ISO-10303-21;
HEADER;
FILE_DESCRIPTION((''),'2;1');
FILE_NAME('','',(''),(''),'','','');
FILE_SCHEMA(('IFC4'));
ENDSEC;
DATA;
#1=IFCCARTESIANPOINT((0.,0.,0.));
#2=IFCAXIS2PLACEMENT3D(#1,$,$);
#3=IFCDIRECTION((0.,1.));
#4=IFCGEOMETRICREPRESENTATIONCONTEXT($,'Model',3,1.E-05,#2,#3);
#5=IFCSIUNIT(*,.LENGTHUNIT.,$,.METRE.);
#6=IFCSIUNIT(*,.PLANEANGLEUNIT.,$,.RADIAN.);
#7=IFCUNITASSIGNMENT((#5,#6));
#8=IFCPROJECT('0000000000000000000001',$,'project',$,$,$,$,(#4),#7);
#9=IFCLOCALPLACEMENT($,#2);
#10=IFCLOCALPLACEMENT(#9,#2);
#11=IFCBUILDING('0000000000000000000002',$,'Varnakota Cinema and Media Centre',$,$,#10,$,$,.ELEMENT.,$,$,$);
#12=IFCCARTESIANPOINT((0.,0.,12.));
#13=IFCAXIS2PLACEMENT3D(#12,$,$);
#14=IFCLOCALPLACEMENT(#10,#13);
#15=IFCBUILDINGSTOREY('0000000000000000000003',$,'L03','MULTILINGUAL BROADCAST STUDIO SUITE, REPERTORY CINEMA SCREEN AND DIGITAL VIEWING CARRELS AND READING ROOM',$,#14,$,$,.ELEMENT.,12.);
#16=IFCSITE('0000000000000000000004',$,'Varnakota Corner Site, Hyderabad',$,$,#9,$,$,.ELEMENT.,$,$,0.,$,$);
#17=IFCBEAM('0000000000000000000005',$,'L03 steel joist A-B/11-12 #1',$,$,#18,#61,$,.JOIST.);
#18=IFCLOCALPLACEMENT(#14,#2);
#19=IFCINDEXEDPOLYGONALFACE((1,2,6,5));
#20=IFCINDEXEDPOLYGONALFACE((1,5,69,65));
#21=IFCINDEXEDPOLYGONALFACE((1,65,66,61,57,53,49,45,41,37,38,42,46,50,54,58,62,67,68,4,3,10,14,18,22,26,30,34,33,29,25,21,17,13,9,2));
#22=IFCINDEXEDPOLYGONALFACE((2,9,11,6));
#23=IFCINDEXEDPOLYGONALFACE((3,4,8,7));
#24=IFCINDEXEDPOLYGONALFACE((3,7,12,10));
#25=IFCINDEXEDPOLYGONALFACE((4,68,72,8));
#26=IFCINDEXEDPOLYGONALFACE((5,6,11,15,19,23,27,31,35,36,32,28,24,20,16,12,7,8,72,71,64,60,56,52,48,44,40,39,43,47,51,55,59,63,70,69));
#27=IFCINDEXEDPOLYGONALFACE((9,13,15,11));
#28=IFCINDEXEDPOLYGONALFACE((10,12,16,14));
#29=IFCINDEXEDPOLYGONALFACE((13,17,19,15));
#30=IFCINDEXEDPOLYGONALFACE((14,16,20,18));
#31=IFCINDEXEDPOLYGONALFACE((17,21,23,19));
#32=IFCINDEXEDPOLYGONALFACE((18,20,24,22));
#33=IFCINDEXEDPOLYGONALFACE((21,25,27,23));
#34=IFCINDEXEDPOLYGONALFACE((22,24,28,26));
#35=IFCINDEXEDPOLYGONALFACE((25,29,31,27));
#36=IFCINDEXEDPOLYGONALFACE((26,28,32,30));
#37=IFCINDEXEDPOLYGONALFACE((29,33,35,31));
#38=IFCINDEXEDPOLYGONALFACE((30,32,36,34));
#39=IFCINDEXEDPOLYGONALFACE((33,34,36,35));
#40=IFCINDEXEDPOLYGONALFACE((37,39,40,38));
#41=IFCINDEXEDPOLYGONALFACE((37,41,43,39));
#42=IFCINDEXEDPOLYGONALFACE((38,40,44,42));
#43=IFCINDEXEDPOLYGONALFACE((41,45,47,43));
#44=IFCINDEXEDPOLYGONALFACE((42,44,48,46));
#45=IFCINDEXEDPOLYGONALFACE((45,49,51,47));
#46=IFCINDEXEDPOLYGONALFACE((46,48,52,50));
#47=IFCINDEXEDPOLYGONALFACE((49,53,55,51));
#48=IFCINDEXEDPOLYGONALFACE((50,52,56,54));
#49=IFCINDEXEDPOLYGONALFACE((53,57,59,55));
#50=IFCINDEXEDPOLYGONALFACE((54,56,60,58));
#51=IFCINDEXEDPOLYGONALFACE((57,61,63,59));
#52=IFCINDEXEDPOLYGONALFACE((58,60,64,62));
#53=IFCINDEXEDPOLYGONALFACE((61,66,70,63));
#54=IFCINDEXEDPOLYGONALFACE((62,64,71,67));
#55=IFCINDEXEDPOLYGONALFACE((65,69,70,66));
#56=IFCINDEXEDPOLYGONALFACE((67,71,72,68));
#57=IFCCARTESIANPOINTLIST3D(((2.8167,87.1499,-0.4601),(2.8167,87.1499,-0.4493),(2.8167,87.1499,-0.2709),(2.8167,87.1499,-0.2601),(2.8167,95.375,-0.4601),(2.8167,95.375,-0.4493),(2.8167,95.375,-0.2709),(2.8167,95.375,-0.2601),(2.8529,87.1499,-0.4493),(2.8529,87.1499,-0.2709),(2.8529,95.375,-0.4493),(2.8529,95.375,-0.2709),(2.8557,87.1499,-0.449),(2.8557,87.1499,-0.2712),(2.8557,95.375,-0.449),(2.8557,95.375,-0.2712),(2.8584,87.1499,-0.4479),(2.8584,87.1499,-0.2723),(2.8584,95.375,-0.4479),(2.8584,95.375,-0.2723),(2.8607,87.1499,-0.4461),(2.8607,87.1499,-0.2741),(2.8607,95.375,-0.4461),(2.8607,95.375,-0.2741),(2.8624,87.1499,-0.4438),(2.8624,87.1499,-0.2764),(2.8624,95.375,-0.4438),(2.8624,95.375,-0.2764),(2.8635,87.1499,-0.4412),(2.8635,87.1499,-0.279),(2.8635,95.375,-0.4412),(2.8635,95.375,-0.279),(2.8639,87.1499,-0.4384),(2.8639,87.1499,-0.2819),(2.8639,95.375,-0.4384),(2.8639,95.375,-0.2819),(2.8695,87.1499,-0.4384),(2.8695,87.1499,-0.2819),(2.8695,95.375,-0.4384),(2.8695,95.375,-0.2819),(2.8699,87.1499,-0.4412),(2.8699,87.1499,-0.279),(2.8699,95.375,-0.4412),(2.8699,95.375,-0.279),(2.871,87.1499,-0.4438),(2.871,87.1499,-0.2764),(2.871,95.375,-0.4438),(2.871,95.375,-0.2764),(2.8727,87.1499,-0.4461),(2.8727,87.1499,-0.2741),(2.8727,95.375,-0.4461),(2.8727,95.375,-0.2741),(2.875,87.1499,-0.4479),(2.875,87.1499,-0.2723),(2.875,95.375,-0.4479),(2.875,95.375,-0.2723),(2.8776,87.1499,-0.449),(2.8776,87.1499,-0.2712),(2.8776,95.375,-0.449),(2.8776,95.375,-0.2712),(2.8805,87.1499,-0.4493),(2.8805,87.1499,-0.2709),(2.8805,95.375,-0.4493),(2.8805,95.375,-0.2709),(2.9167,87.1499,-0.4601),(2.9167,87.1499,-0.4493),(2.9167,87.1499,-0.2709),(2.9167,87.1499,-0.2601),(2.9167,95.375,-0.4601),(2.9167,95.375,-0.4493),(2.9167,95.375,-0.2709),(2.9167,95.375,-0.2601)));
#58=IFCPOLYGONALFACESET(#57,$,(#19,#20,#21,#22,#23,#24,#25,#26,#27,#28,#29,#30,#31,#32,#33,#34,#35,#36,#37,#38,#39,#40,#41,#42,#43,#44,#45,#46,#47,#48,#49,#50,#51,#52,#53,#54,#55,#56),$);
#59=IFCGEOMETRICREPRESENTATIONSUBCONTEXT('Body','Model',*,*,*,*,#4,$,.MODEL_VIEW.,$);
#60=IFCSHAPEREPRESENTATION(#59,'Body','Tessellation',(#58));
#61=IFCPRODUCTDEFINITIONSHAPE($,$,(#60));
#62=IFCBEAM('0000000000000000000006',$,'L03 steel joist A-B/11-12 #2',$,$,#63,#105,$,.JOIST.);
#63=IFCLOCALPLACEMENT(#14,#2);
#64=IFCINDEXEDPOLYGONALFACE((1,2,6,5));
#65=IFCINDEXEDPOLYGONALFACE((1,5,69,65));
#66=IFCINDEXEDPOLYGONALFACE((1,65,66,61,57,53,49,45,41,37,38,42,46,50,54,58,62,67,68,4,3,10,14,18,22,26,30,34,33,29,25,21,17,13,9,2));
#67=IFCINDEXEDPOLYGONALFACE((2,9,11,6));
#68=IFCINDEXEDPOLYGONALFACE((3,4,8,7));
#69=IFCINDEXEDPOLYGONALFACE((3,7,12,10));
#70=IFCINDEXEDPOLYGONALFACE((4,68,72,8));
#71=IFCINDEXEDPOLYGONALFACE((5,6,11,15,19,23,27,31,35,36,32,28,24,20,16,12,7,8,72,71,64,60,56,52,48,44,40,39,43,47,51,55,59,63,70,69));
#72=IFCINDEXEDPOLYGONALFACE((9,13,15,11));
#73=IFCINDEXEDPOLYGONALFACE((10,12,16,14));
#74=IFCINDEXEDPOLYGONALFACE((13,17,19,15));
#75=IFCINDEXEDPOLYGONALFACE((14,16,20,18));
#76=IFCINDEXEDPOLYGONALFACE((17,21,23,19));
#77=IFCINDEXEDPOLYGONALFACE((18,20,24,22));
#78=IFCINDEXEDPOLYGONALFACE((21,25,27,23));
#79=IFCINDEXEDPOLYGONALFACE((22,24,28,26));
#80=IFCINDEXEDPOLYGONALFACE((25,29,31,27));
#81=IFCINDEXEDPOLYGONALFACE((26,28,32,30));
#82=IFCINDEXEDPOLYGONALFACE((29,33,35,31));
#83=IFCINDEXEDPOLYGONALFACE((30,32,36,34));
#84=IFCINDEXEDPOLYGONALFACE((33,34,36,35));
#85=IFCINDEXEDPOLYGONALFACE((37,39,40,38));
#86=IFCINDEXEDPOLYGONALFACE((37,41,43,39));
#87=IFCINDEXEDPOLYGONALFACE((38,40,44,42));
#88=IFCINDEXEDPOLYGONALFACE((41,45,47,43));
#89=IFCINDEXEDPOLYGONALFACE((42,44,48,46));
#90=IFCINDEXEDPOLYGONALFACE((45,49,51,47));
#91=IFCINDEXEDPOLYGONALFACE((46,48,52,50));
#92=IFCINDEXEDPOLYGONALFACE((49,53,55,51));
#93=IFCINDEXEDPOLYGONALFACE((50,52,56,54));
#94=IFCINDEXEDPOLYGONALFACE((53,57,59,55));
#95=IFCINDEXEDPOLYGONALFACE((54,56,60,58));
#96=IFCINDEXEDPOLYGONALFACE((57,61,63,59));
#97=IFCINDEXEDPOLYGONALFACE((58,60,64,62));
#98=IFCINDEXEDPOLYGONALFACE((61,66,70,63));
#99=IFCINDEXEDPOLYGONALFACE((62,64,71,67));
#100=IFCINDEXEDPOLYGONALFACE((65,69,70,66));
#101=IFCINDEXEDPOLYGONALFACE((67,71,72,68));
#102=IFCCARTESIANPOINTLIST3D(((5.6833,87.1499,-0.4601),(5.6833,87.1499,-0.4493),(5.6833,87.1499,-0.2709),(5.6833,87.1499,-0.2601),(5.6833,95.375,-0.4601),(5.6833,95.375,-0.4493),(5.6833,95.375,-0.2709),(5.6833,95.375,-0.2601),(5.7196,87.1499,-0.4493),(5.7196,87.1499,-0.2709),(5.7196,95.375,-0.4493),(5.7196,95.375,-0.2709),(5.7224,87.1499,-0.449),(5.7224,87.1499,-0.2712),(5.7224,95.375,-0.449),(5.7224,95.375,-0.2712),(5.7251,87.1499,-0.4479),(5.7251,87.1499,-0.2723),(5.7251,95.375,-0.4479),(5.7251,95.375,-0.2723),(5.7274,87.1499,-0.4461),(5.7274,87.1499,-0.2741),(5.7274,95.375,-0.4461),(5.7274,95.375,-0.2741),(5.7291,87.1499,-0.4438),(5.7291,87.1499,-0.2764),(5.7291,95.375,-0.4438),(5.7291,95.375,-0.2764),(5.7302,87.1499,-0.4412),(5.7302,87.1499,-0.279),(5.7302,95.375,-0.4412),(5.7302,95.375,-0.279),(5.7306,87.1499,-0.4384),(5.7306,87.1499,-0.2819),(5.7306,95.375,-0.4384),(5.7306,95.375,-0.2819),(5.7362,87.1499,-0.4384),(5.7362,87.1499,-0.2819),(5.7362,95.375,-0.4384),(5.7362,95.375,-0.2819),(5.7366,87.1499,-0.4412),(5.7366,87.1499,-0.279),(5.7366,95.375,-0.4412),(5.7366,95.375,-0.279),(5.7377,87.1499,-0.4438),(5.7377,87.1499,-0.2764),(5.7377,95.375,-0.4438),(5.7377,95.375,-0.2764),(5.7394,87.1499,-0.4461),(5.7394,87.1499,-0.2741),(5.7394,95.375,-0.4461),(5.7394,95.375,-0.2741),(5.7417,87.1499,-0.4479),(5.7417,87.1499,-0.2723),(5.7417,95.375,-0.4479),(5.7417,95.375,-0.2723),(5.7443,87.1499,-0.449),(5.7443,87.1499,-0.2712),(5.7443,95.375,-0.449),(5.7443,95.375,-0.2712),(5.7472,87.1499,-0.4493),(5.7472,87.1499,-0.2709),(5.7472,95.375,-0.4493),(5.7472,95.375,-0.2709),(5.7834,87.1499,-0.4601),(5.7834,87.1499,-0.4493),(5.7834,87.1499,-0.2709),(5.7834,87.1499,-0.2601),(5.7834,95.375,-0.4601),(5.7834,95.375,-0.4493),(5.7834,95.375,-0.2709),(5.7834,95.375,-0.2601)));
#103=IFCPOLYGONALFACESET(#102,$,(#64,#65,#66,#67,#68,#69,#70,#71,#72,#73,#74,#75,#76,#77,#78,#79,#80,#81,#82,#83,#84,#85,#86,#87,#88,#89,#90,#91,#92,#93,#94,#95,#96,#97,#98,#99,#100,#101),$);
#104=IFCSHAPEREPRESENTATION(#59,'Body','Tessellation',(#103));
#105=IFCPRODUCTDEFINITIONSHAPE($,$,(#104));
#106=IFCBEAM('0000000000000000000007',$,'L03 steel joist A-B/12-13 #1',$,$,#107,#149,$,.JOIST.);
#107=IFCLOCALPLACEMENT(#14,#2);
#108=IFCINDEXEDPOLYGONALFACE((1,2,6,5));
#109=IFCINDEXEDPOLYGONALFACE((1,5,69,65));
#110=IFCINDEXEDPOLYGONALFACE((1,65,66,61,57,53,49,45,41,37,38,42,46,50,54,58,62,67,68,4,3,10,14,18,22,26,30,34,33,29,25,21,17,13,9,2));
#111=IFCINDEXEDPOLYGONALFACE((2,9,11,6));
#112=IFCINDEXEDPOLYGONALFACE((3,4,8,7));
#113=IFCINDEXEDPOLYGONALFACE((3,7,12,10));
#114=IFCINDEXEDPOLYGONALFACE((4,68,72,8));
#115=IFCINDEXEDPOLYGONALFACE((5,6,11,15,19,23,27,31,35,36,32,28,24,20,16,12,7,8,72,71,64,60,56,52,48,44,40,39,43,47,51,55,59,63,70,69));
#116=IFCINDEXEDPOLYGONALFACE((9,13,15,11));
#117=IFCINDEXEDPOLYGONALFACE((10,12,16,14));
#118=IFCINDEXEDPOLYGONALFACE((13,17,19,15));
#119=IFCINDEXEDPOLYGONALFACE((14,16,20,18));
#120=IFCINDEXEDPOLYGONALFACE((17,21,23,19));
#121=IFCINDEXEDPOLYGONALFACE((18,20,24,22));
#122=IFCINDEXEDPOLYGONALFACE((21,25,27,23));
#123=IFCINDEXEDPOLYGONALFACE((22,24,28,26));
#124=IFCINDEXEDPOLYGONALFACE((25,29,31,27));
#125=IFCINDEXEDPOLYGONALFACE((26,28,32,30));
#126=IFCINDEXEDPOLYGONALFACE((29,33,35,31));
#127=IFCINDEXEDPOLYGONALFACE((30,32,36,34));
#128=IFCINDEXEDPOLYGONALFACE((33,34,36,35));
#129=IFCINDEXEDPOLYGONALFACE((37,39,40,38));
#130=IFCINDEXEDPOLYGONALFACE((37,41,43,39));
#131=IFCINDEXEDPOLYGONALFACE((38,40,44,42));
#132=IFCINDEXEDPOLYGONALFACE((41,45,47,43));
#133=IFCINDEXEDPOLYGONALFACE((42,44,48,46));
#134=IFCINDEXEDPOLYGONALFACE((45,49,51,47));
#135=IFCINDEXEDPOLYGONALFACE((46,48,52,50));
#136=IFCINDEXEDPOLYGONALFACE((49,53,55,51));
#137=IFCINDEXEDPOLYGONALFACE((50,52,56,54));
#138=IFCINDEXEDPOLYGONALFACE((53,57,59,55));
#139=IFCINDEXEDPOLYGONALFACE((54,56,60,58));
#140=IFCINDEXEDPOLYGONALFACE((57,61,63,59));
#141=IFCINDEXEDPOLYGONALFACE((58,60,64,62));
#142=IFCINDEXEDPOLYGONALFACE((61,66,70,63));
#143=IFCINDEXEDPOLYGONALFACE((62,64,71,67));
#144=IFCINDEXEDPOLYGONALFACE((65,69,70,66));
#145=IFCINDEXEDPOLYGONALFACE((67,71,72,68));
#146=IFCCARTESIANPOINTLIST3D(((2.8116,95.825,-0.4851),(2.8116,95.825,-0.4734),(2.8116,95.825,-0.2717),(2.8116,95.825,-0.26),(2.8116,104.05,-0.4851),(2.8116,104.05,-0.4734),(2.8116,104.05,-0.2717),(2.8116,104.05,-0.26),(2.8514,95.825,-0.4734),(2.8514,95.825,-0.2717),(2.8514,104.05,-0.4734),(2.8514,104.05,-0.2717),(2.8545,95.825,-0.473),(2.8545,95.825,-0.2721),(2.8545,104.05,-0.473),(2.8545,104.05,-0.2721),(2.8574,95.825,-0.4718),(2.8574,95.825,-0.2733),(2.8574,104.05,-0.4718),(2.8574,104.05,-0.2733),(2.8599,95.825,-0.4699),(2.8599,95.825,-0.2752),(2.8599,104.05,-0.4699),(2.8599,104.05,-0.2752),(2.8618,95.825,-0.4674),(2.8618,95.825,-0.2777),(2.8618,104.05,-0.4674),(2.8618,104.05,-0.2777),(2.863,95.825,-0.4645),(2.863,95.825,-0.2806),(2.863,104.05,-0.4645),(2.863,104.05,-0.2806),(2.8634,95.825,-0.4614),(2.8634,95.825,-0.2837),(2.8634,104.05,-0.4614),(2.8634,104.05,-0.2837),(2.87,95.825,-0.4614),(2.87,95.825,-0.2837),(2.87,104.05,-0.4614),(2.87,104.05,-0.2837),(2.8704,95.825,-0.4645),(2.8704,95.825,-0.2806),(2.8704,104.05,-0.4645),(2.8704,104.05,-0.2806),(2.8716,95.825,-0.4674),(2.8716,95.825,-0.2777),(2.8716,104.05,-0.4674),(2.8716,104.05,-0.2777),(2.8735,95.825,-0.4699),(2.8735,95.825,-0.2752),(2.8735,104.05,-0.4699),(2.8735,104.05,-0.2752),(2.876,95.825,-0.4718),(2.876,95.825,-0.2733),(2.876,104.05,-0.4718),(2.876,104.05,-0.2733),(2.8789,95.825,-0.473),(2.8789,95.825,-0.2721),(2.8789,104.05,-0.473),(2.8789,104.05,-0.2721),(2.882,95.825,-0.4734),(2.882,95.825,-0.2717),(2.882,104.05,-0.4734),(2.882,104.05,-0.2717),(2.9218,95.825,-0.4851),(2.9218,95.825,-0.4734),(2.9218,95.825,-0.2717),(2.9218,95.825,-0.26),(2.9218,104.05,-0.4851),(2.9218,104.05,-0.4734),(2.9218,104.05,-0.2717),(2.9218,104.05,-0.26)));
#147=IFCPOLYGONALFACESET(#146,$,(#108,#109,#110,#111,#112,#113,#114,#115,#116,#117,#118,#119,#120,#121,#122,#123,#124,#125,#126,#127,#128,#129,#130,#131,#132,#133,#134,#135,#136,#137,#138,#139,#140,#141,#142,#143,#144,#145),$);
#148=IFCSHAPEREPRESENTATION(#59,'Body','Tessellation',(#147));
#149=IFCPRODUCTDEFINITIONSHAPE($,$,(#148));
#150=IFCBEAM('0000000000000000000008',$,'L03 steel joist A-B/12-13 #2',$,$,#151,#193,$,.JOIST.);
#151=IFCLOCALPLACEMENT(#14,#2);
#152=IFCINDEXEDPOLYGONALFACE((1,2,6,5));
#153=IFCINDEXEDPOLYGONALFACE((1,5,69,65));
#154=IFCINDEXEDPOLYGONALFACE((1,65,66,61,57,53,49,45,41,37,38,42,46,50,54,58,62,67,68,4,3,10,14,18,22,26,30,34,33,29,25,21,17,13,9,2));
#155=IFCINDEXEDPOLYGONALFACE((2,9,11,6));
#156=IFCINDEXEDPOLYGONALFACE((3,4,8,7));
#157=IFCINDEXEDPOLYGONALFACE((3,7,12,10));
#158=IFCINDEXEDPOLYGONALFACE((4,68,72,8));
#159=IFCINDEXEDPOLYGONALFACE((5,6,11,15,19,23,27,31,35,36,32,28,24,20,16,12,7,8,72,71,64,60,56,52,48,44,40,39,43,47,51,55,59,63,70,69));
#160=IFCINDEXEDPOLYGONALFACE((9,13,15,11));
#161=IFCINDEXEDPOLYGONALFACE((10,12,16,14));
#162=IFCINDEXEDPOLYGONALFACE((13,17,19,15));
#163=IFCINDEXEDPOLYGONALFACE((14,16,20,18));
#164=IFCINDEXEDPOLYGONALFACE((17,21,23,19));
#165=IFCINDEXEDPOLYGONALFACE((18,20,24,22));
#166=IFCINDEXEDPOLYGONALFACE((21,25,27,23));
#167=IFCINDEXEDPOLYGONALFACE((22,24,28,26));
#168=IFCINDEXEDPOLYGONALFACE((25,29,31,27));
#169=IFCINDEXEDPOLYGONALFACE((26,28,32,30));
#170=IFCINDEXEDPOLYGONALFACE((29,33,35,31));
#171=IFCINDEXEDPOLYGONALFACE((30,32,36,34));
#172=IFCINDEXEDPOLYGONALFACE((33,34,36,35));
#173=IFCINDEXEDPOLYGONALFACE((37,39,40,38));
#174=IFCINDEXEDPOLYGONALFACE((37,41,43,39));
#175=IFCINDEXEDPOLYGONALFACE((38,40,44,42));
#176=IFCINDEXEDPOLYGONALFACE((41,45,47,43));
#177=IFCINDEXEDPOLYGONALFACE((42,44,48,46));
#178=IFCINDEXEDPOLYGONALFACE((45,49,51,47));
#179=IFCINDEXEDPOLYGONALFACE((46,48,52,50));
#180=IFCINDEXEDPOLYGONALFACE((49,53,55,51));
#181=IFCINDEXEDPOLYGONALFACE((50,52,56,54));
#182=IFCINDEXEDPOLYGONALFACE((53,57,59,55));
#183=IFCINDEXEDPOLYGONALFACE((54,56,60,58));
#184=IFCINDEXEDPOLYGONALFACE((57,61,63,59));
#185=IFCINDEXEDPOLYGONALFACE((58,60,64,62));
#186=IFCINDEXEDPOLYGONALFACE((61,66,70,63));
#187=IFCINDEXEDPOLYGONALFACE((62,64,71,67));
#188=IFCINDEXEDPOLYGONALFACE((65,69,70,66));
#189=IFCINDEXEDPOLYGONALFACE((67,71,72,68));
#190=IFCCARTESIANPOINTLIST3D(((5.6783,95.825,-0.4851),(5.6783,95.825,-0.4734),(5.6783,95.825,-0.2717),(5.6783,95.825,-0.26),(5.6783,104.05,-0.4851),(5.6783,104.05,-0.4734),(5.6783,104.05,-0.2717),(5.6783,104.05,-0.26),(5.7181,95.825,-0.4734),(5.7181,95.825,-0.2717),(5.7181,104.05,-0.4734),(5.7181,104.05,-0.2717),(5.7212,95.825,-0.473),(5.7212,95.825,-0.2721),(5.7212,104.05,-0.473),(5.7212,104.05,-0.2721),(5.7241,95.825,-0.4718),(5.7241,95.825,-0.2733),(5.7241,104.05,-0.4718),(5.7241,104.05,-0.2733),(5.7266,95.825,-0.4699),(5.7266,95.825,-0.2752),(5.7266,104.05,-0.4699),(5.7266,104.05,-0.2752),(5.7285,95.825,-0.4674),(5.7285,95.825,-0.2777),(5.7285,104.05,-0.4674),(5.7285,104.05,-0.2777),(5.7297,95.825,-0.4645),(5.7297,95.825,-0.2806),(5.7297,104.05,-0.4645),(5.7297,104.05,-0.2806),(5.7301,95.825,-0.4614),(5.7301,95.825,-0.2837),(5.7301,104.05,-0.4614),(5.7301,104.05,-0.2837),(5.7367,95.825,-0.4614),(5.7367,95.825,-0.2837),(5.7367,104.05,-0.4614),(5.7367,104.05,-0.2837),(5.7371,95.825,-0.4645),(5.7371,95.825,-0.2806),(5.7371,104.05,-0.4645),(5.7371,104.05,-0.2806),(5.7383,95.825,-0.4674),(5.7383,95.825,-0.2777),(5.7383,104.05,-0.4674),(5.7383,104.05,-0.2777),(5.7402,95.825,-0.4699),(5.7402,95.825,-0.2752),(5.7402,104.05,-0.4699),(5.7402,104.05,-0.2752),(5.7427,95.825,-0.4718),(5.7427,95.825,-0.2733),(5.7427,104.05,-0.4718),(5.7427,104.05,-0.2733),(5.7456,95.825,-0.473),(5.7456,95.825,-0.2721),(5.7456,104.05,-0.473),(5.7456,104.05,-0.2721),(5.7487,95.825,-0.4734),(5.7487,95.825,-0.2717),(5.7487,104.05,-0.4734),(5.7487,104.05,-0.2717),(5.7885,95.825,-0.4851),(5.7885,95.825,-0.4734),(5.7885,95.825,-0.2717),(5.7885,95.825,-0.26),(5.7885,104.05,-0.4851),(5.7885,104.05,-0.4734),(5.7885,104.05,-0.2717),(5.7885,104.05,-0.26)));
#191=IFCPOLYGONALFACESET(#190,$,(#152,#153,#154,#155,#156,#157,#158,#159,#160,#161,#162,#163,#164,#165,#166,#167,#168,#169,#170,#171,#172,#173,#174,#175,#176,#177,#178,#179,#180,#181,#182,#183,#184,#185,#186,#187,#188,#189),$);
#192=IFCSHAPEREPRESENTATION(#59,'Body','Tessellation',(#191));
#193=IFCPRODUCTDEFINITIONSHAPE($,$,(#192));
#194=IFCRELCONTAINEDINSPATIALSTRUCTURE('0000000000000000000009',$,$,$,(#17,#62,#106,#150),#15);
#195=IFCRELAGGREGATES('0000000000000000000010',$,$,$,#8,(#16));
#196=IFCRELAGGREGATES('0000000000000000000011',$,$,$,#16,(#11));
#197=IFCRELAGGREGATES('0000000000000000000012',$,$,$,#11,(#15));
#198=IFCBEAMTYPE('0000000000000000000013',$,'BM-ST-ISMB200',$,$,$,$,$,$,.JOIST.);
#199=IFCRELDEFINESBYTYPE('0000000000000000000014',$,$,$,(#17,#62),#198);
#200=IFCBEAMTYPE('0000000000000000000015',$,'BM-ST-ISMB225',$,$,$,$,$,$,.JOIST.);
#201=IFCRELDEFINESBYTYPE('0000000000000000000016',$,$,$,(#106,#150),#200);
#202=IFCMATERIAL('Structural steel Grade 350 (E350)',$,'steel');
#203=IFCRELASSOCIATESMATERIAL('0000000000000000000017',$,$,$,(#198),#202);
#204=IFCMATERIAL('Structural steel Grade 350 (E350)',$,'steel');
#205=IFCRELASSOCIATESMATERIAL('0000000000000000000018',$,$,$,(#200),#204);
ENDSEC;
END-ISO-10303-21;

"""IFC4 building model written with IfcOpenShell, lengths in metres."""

from ifc_helpers import new_model, si_unit, direction, frame, origin, origin_2d, place, context, subcontext, project, spatial, i_section, extrude, material, material_profile, profile_set, type_object, element, save


model = new_model("IFC4")

# Units and contexts
model_context = context("Model", 3, precision=1e-05, world=origin(), true_north=direction((0.0, 1.0)))
body_context = subcontext(model_context, "Body", "Model", "MODEL_VIEW")
ifc_project = project(units=[si_unit("LENGTHUNIT", "METRE"), si_unit("PLANEANGLEUNIT", "RADIAN")], contexts=[model_context])

# Site, building, storey
site_placement = place(None, origin())
site = spatial("IfcSite", under=ifc_project, at=site_placement, Name="Varnakota Corner Site, Hyderabad", CompositionType="ELEMENT", RefElevation=0.0)
building_placement = place(site_placement, origin())
building = spatial("IfcBuilding", under=site, at=building_placement, Name="Varnakota Cinema and Media Centre", CompositionType="ELEMENT")
storey_placement = place(building_placement, frame((0.0, 0.0, 12.0)))
storey = spatial("IfcBuildingStorey", under=building, at=storey_placement, Name="L03", Description="MULTILINGUAL BROADCAST STUDIO SUITE, REPERTORY CINEMA SCREEN AND DIGITAL VIEWING CARRELS AND READING ROOM", CompositionType="ELEMENT", Elevation=12.0)

# Beams
ifc_material_1 = material(Name="Structural steel Grade 350 (E350)", Category="steel")
ifc_material_profile_1 = material_profile(ifc_material_1, i_section(OverallWidth=0.1001, OverallDepth=0.2, WebThickness=0.0056, FlangeThickness=0.0107, FilletRadius=0.011, at=origin_2d()), Name="ISMB 200")
ifc_profile_set_1 = profile_set([ifc_material_profile_1], Name="Structural steel Grade 350 (E350)")
beam_type_1 = type_object("IfcBeamType", Name="BM-ST-ISMB200", PredefinedType="JOIST", material=ifc_profile_set_1)
for number, where, z_axis, x_axis, name in (
    (1, (2.8667, 87.1499, -0.3601), (0.0, 1.0, 0.0), (-1.0, 0.0, 0.0), "L03 steel joist A-B/11-12 #1"),
    (2, (5.7334, 87.1499, -0.3601), (0.0, 1.0, 0.0), (-1.0, 0.0, 0.0), "L03 steel joist A-B/11-12 #2"),
):
    element("IfcBeam", number, at=place(storey_placement, frame(where, z_axis=z_axis, x_axis=x_axis)), inside=storey, type_object=beam_type_1, Name=name, PredefinedType="JOIST", context=body_context, shape_type="SweptSolid", body=[
        extrude(i_section(OverallWidth=0.1001, OverallDepth=0.2, WebThickness=0.0056, FlangeThickness=0.0107, FilletRadius=0.011, at=origin_2d()), origin(), (0.0, 0.0, 1.0), 8.2251),
    ])
ifc_material_2 = material(Name="Structural steel Grade 350 (E350)", Category="steel")
ifc_material_profile_2 = material_profile(ifc_material_2, i_section(OverallWidth=0.1101, OverallDepth=0.2251, WebThickness=0.0066, FlangeThickness=0.0117, FilletRadius=0.012, at=origin_2d()), Name="ISMB 225")
ifc_profile_set_2 = profile_set([ifc_material_profile_2], Name="Structural steel Grade 350 (E350)")
beam_type_2 = type_object("IfcBeamType", Name="BM-ST-ISMB225", PredefinedType="JOIST", material=ifc_profile_set_2)
for number, where, z_axis, x_axis, name in (
    (3, (2.8667, 95.825, -0.3726), (0.0, 1.0, 0.0), (-1.0, 0.0, 0.0), "L03 steel joist A-B/12-13 #1"),
    (4, (5.7334, 95.825, -0.3726), (0.0, 1.0, 0.0), (-1.0, 0.0, 0.0), "L03 steel joist A-B/12-13 #2"),
):
    element("IfcBeam", number, at=place(storey_placement, frame(where, z_axis=z_axis, x_axis=x_axis)), inside=storey, type_object=beam_type_2, Name=name, PredefinedType="JOIST", context=body_context, shape_type="SweptSolid", body=[
        extrude(i_section(OverallWidth=0.1101, OverallDepth=0.2251, WebThickness=0.0066, FlangeThickness=0.0117, FilletRadius=0.012, at=origin_2d()), origin(), (0.0, 0.0, 1.0), 8.2251),
    ])

save(model, "model.ifc")
